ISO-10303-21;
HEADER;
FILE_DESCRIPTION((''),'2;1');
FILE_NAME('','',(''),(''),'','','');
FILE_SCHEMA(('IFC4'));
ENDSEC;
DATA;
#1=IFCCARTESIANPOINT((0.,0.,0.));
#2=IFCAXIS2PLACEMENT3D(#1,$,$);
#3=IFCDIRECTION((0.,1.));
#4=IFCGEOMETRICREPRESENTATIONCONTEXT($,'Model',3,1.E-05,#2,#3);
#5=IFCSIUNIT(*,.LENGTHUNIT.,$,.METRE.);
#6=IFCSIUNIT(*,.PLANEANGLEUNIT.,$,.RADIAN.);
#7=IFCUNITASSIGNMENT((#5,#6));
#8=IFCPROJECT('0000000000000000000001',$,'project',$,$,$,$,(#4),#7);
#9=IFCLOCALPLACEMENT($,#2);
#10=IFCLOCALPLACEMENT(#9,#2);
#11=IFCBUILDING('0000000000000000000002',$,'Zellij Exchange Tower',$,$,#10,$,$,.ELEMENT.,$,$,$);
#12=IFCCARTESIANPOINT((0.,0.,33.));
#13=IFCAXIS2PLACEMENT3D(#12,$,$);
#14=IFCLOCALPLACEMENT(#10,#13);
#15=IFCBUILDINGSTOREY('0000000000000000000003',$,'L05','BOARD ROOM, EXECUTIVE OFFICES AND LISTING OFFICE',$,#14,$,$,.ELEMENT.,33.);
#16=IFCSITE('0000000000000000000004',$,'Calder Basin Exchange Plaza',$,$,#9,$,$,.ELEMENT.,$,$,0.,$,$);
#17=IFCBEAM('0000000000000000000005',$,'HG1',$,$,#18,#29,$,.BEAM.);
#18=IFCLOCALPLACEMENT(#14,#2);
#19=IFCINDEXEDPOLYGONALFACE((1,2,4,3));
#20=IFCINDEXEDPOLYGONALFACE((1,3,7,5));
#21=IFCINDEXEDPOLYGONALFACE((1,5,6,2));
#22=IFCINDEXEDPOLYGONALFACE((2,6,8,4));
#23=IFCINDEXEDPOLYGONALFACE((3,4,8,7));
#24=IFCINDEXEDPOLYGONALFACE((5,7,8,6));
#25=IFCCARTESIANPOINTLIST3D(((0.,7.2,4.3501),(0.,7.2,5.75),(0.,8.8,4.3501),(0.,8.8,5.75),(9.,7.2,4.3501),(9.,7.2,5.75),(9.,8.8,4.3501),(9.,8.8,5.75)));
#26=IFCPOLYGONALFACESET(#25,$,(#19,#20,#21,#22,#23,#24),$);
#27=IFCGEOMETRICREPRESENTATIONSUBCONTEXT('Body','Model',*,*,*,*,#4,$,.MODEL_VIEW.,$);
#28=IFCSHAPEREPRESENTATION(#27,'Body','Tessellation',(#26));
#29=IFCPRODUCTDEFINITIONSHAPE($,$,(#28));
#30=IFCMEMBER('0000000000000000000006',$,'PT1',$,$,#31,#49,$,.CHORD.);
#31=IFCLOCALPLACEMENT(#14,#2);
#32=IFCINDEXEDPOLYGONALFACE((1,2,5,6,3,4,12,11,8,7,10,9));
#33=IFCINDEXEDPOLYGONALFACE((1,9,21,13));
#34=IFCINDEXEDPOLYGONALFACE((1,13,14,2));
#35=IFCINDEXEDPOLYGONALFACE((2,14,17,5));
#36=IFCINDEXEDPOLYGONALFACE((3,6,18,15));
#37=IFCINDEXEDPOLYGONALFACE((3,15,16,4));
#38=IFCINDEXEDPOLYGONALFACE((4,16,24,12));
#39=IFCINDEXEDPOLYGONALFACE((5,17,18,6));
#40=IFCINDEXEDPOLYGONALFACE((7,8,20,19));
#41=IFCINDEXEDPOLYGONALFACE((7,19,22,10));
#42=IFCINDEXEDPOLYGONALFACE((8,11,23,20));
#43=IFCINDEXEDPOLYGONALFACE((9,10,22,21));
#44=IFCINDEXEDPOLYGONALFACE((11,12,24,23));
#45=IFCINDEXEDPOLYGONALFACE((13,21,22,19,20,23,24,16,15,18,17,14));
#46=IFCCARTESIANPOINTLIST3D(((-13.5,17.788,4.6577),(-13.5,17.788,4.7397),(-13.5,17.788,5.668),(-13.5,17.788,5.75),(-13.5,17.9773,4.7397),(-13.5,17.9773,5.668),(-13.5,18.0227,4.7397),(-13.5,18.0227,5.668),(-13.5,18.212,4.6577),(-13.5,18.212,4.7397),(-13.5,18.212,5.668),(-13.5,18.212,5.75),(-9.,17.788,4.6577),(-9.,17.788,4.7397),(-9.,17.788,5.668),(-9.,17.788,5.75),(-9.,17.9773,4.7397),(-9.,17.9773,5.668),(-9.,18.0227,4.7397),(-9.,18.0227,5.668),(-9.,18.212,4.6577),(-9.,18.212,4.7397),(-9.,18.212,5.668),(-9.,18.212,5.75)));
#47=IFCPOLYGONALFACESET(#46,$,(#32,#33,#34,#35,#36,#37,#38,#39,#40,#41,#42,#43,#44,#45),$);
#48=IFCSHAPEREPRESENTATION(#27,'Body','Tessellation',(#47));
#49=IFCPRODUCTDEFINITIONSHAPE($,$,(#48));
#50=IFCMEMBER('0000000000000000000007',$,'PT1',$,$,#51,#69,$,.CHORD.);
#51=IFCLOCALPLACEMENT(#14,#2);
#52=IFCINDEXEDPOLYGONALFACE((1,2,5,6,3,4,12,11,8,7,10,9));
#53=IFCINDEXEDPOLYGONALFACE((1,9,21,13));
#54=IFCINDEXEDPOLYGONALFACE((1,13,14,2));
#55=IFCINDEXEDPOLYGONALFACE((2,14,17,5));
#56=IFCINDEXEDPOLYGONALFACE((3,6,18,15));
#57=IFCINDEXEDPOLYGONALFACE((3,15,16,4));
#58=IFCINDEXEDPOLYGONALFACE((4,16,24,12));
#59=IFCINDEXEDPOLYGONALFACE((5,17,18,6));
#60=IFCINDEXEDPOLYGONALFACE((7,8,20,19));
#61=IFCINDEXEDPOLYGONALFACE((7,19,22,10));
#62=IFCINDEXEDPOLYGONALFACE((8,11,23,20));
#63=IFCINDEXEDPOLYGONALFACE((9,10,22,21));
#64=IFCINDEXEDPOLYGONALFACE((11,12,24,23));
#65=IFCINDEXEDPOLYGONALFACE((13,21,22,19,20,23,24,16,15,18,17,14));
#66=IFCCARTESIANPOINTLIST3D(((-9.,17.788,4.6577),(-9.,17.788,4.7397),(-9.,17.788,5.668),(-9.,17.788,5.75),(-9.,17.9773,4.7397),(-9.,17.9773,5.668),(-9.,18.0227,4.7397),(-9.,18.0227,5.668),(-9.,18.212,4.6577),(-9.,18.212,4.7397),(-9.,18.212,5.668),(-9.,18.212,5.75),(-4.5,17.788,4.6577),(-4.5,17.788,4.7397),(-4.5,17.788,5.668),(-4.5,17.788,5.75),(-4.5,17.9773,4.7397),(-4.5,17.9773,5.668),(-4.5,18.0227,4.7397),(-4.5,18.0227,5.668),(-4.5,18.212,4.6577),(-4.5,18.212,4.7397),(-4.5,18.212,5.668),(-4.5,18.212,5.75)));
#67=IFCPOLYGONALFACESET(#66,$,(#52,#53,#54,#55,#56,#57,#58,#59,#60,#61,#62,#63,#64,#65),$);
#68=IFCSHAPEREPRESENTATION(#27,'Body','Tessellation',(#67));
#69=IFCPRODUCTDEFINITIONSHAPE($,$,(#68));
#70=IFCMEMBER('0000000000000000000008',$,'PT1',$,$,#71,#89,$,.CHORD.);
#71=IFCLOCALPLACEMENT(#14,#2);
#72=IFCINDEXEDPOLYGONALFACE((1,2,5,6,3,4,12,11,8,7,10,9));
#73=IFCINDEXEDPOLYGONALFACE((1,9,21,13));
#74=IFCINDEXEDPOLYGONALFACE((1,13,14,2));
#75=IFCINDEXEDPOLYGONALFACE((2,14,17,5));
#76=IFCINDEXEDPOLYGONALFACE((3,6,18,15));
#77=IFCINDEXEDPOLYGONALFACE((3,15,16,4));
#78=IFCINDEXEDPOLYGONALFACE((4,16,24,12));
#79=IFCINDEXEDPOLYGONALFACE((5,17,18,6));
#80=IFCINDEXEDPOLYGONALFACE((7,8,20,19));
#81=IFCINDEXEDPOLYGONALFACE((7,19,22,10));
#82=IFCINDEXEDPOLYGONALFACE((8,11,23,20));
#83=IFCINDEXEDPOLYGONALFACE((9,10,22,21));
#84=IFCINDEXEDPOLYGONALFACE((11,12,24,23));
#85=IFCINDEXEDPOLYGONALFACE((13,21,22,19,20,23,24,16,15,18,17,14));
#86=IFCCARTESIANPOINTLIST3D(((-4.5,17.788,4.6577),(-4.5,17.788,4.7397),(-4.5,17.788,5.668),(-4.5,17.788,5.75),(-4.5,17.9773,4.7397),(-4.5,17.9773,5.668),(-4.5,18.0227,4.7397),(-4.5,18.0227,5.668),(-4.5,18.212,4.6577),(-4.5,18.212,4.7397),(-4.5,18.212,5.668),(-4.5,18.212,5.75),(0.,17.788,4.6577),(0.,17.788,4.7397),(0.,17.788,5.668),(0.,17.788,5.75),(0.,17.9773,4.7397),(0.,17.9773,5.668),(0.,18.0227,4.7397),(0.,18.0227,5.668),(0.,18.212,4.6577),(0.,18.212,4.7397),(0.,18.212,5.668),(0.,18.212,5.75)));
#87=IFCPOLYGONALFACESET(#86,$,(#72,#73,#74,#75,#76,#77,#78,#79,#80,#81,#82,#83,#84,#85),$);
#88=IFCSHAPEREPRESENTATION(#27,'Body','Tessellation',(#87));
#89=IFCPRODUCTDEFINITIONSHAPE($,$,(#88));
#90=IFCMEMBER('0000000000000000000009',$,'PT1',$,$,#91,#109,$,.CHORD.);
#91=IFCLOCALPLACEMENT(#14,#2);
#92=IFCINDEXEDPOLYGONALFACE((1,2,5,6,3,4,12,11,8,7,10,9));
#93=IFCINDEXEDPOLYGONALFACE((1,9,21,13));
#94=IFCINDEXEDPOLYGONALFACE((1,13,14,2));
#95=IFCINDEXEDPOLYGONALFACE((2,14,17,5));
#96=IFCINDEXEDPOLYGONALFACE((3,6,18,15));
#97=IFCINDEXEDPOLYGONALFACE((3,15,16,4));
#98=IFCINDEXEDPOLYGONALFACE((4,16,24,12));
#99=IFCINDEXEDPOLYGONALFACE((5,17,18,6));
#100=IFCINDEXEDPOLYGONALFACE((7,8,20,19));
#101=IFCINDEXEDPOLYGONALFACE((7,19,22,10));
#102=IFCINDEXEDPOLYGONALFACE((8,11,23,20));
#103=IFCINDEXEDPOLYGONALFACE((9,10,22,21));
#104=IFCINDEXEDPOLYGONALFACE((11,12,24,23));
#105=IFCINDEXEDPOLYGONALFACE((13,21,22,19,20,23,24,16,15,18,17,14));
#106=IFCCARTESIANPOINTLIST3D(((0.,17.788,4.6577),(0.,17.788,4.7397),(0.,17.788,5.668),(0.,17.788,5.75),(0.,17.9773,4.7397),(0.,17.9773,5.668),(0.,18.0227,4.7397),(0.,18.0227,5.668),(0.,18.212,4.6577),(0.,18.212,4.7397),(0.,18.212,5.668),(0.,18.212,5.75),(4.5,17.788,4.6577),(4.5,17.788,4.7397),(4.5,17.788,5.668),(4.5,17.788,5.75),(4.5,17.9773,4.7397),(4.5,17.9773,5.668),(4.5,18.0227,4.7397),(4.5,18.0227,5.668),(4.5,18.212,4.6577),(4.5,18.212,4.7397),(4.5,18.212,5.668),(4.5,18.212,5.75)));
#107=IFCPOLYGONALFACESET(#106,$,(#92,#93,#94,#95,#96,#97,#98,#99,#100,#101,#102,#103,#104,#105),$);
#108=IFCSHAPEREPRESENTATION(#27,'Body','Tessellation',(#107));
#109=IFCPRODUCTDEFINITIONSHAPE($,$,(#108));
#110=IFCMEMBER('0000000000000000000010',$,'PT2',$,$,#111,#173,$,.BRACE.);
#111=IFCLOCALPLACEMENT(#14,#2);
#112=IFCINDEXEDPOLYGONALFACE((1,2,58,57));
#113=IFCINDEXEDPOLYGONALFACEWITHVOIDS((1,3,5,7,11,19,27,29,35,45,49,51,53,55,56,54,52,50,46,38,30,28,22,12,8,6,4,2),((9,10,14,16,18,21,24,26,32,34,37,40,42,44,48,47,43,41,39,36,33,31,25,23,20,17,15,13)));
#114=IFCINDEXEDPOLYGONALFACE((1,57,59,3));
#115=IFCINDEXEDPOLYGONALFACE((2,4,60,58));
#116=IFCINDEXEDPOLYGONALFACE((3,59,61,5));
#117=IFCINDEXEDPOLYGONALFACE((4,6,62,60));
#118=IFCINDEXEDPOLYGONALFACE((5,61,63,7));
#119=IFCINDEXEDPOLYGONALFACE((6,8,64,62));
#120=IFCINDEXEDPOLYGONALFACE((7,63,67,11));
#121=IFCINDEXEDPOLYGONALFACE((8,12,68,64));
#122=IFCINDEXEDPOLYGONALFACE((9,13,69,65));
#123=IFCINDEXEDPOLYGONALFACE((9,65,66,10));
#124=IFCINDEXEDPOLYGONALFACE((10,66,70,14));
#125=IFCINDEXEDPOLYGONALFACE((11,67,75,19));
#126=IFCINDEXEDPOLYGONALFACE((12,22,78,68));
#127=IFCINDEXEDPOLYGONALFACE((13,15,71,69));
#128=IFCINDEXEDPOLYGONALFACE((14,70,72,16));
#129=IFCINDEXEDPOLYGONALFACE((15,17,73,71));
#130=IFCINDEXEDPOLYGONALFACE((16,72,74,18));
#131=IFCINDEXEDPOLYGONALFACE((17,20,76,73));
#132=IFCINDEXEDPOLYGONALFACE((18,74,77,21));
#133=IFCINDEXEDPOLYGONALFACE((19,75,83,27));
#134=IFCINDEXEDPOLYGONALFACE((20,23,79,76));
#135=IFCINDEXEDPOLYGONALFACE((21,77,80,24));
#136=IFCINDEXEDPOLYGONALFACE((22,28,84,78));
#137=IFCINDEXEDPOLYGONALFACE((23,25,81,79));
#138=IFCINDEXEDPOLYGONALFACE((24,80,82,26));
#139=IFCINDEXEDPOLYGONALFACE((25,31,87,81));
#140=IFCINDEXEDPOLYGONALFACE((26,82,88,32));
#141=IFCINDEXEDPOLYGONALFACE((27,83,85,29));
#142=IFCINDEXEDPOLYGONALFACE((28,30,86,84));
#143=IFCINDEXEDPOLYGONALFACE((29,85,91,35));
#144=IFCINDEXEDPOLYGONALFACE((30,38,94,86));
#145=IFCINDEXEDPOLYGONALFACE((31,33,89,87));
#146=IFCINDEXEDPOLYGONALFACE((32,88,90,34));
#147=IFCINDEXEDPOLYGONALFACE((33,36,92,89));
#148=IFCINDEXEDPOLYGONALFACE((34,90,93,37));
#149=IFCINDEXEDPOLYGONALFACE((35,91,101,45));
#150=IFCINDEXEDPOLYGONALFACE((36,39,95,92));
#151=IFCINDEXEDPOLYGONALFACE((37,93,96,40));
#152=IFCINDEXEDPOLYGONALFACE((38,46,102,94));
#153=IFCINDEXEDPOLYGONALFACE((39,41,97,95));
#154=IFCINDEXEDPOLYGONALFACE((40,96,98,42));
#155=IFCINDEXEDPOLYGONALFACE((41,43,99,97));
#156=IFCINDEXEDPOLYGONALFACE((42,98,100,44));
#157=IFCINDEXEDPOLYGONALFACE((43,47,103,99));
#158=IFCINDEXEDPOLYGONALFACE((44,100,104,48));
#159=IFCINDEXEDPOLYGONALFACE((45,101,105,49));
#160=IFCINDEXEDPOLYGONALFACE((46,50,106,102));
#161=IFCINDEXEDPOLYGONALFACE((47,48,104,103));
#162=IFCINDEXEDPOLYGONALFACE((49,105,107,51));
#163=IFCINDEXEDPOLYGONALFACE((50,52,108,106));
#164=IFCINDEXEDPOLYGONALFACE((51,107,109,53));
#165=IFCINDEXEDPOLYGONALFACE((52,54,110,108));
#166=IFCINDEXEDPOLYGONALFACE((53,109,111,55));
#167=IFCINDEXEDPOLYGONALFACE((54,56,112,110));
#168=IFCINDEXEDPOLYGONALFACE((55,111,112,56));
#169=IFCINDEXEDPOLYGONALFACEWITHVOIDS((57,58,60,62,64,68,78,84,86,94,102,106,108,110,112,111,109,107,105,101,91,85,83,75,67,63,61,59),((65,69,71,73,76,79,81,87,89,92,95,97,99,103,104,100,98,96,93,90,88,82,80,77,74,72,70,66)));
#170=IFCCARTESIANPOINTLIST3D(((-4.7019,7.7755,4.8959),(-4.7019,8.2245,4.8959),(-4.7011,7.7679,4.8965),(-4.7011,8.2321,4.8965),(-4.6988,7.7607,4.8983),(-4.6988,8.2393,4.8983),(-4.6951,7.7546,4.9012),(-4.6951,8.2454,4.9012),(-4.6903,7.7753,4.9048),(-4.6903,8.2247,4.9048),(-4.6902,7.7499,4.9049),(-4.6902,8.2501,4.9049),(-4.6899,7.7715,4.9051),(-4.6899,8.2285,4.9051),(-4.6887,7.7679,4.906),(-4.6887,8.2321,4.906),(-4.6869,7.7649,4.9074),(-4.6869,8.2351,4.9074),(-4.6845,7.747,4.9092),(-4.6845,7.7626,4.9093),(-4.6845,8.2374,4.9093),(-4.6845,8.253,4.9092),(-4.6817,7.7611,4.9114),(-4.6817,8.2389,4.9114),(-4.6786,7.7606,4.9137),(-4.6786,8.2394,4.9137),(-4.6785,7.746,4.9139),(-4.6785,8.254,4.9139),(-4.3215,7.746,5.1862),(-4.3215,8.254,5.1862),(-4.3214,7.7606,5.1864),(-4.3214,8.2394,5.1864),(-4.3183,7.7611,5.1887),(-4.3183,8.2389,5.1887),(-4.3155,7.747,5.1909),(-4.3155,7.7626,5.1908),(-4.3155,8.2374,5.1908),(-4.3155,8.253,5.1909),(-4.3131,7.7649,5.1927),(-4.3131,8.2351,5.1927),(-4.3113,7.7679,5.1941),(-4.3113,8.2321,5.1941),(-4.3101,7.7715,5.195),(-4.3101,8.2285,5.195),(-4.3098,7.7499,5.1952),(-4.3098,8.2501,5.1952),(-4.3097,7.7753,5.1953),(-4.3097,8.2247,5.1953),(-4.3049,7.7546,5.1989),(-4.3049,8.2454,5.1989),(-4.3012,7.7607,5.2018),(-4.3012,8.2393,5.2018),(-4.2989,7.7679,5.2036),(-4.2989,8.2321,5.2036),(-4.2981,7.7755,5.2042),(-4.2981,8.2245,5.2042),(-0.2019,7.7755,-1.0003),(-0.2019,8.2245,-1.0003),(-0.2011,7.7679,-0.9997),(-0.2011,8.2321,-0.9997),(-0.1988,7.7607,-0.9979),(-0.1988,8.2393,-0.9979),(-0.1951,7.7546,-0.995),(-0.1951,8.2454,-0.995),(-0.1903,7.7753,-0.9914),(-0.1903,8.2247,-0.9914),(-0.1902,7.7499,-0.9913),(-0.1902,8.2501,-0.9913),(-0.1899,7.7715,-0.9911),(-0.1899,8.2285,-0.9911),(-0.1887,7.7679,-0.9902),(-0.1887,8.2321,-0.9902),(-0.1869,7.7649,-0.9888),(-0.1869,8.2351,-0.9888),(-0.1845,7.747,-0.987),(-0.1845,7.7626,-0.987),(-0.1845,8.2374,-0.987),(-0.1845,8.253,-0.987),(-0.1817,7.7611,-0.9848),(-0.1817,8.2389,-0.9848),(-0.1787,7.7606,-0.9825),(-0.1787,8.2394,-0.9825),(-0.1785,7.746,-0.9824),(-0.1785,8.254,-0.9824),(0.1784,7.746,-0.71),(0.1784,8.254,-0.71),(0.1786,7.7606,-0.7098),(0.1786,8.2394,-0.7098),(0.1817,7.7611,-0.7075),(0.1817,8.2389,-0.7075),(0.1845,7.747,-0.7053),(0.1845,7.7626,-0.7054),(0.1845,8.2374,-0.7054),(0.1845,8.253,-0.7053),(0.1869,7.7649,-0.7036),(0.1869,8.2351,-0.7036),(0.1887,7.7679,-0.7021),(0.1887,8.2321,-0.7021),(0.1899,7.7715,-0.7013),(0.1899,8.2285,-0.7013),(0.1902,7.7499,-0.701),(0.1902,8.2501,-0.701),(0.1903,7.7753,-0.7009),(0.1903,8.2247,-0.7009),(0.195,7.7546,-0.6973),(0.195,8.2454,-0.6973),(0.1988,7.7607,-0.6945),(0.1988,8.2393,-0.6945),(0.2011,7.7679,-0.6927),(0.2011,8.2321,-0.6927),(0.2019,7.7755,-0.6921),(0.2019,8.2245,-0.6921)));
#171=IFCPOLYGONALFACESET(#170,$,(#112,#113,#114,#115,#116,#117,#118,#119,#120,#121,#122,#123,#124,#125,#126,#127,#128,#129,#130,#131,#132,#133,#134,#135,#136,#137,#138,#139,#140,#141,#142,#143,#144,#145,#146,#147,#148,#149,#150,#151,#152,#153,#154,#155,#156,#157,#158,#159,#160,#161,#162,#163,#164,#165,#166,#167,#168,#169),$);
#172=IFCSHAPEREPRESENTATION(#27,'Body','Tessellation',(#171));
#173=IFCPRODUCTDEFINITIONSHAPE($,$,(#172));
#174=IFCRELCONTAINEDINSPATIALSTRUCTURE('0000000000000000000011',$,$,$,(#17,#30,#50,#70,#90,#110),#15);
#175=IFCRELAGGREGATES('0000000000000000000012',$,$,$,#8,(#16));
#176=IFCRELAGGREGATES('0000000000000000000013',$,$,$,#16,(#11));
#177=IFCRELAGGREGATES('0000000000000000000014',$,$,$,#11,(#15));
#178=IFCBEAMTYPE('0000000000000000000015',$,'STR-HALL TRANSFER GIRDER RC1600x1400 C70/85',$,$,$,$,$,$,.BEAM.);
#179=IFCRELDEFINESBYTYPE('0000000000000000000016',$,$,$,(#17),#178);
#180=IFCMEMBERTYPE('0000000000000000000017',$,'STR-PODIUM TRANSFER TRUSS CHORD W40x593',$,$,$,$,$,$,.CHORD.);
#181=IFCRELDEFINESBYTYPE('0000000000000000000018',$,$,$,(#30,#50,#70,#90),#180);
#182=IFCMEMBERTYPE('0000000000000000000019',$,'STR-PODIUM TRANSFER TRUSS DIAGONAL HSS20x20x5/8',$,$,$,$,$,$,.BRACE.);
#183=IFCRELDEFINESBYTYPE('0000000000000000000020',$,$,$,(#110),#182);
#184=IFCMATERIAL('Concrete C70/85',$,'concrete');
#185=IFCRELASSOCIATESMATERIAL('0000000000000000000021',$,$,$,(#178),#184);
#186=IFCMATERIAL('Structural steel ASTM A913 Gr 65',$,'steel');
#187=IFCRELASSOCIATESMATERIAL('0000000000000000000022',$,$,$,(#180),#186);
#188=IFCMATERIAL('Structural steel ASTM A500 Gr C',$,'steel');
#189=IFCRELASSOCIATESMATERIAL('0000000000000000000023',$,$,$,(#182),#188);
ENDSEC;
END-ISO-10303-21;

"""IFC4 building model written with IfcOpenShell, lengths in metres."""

from ifc_helpers import new_model, si_unit, direction, frame, origin, origin_2d, place, context, subcontext, project, spatial, rectangle, hollow_rectangle, i_section, extrude, material, material_profile, profile_set, type_object, element, save


model = new_model("IFC4")

# Units and contexts
model_context = context("Model", 3, precision=1e-05, world=origin(), true_north=direction((0.0, 1.0)))
body_context = subcontext(model_context, "Body", "Model", "MODEL_VIEW")
ifc_project = project(units=[si_unit("LENGTHUNIT", "METRE"), si_unit("PLANEANGLEUNIT", "RADIAN")], contexts=[model_context])

# Site, building, storey
site_placement = place(None, origin())
site = spatial("IfcSite", under=ifc_project, at=site_placement, Name="Calder Basin Exchange Plaza", CompositionType="ELEMENT", RefElevation=0.0)
building_placement = place(site_placement, origin())
building = spatial("IfcBuilding", under=site, at=building_placement, Name="Zellij Exchange Tower", CompositionType="ELEMENT")
storey_placement = place(building_placement, frame((0.0, 0.0, 33.0)))
storey = spatial("IfcBuildingStorey", under=building, at=storey_placement, Name="L05", Description="BOARD ROOM, EXECUTIVE OFFICES AND LISTING OFFICE", CompositionType="ELEMENT", Elevation=33.0)

# Beam
ifc_material_1 = material(Name="Concrete C70/85", Category="concrete")
ifc_material_profile_1 = material_profile(ifc_material_1, rectangle(XDim=1.6001, YDim=1.3999, at=origin_2d()), Name="STR-HALL TRANSFER GIRDER RC1600x1400 C70/85")
ifc_profile_set_1 = profile_set([ifc_material_profile_1], Name="Concrete C70/85")
beam_type = type_object("IfcBeamType", Name="STR-HALL TRANSFER GIRDER RC1600x1400 C70/85", PredefinedType="BEAM", material=ifc_profile_set_1)
beam_placement = place(storey_placement, frame((0.0, 8.0, 5.05), z_axis=(1.0, 0.0, 0.0), x_axis=(0.0, 1.0, 0.0)))
element("IfcBeam", 1, at=beam_placement, inside=storey, type_object=beam_type, Name="HG1", PredefinedType="BEAM", context=body_context, shape_type="SweptSolid", body=[
    extrude(rectangle(XDim=1.6001, YDim=1.3999, at=origin_2d()), origin(), (0.0, 0.0, 1.0), 9.0),
])

# Members
ifc_material_2 = material(Name="Structural steel ASTM A913 Gr 65", Category="steel")
ifc_material_profile_2 = material_profile(ifc_material_2, i_section(OverallWidth=0.4241, OverallDepth=1.0923, WebThickness=0.0454, FlangeThickness=0.082, at=origin_2d()), Name="W40x593")
ifc_profile_set_2 = profile_set([ifc_material_profile_2], Name="Structural steel ASTM A913 Gr 65")
member_type_1 = type_object("IfcMemberType", Name="STR-PODIUM TRANSFER TRUSS CHORD W40x593", PredefinedType="CHORD", material=ifc_profile_set_2)
for number, where, z_axis, x_axis, name in (
    (2, (-13.5, 18.0, 5.2039), (1.0, 0.0, 0.0), (0.0, 1.0, 0.0), "PT1"),
    (3, (-9.0, 18.0, 5.2039), (1.0, 0.0, 0.0), (0.0, 1.0, 0.0), "PT1"),
    (4, (-4.5, 18.0, 5.2039), (1.0, 0.0, 0.0), (0.0, 1.0, 0.0), "PT1"),
    (5, (0.0, 18.0, 5.2039), (1.0, 0.0, 0.0), (0.0, 1.0, 0.0), "PT1"),
):
    element("IfcMember", number, at=place(storey_placement, frame(where, z_axis=z_axis, x_axis=x_axis)), inside=storey, type_object=member_type_1, Name=name, PredefinedType="CHORD", context=body_context, shape_type="SweptSolid", body=[
        extrude(i_section(OverallWidth=0.4241, OverallDepth=1.0923, WebThickness=0.0454, FlangeThickness=0.082, at=origin_2d()), origin(), (0.0, 0.0, 1.0), 4.5),
    ])
ifc_material_3 = material(Name="Structural steel ASTM A500 Gr C", Category="steel")
ifc_material_profile_3 = material_profile(ifc_material_3, hollow_rectangle(XDim=0.5081, YDim=0.5081, WallThickness=0.0146, InnerFilletRadius=0.0146, OuterFilletRadius=0.0295, at=origin_2d()), Name="STR-PODIUM TRANSFER TRUSS DIAGONAL HSS20x20x5/8")
ifc_profile_set_3 = profile_set([ifc_material_profile_3], Name="Structural steel ASTM A500 Gr C")
member_type_2 = type_object("IfcMemberType", Name="STR-PODIUM TRANSFER TRUSS DIAGONAL HSS20x20x5/8", PredefinedType="BRACE", material=ifc_profile_set_3)
for number, where, z_axis, x_axis, name in (
    (6, (-4.5, 8.0, 5.05), (0.606694, 0.0, -0.794936), (0.0, 1.0, 0.0), "PT2"),
):
    element("IfcMember", number, at=place(storey_placement, frame(where, z_axis=z_axis, x_axis=x_axis)), inside=storey, type_object=member_type_2, Name=name, PredefinedType="BRACE", context=body_context, shape_type="SweptSolid", body=[
        extrude(hollow_rectangle(XDim=0.5081, YDim=0.5081, WallThickness=0.0146, InnerFilletRadius=0.0146, OuterFilletRadius=0.0295, at=origin_2d()), origin(), (0.0, 0.0, 1.0), 7.4172),
    ])

save(model, "model.ifc")
